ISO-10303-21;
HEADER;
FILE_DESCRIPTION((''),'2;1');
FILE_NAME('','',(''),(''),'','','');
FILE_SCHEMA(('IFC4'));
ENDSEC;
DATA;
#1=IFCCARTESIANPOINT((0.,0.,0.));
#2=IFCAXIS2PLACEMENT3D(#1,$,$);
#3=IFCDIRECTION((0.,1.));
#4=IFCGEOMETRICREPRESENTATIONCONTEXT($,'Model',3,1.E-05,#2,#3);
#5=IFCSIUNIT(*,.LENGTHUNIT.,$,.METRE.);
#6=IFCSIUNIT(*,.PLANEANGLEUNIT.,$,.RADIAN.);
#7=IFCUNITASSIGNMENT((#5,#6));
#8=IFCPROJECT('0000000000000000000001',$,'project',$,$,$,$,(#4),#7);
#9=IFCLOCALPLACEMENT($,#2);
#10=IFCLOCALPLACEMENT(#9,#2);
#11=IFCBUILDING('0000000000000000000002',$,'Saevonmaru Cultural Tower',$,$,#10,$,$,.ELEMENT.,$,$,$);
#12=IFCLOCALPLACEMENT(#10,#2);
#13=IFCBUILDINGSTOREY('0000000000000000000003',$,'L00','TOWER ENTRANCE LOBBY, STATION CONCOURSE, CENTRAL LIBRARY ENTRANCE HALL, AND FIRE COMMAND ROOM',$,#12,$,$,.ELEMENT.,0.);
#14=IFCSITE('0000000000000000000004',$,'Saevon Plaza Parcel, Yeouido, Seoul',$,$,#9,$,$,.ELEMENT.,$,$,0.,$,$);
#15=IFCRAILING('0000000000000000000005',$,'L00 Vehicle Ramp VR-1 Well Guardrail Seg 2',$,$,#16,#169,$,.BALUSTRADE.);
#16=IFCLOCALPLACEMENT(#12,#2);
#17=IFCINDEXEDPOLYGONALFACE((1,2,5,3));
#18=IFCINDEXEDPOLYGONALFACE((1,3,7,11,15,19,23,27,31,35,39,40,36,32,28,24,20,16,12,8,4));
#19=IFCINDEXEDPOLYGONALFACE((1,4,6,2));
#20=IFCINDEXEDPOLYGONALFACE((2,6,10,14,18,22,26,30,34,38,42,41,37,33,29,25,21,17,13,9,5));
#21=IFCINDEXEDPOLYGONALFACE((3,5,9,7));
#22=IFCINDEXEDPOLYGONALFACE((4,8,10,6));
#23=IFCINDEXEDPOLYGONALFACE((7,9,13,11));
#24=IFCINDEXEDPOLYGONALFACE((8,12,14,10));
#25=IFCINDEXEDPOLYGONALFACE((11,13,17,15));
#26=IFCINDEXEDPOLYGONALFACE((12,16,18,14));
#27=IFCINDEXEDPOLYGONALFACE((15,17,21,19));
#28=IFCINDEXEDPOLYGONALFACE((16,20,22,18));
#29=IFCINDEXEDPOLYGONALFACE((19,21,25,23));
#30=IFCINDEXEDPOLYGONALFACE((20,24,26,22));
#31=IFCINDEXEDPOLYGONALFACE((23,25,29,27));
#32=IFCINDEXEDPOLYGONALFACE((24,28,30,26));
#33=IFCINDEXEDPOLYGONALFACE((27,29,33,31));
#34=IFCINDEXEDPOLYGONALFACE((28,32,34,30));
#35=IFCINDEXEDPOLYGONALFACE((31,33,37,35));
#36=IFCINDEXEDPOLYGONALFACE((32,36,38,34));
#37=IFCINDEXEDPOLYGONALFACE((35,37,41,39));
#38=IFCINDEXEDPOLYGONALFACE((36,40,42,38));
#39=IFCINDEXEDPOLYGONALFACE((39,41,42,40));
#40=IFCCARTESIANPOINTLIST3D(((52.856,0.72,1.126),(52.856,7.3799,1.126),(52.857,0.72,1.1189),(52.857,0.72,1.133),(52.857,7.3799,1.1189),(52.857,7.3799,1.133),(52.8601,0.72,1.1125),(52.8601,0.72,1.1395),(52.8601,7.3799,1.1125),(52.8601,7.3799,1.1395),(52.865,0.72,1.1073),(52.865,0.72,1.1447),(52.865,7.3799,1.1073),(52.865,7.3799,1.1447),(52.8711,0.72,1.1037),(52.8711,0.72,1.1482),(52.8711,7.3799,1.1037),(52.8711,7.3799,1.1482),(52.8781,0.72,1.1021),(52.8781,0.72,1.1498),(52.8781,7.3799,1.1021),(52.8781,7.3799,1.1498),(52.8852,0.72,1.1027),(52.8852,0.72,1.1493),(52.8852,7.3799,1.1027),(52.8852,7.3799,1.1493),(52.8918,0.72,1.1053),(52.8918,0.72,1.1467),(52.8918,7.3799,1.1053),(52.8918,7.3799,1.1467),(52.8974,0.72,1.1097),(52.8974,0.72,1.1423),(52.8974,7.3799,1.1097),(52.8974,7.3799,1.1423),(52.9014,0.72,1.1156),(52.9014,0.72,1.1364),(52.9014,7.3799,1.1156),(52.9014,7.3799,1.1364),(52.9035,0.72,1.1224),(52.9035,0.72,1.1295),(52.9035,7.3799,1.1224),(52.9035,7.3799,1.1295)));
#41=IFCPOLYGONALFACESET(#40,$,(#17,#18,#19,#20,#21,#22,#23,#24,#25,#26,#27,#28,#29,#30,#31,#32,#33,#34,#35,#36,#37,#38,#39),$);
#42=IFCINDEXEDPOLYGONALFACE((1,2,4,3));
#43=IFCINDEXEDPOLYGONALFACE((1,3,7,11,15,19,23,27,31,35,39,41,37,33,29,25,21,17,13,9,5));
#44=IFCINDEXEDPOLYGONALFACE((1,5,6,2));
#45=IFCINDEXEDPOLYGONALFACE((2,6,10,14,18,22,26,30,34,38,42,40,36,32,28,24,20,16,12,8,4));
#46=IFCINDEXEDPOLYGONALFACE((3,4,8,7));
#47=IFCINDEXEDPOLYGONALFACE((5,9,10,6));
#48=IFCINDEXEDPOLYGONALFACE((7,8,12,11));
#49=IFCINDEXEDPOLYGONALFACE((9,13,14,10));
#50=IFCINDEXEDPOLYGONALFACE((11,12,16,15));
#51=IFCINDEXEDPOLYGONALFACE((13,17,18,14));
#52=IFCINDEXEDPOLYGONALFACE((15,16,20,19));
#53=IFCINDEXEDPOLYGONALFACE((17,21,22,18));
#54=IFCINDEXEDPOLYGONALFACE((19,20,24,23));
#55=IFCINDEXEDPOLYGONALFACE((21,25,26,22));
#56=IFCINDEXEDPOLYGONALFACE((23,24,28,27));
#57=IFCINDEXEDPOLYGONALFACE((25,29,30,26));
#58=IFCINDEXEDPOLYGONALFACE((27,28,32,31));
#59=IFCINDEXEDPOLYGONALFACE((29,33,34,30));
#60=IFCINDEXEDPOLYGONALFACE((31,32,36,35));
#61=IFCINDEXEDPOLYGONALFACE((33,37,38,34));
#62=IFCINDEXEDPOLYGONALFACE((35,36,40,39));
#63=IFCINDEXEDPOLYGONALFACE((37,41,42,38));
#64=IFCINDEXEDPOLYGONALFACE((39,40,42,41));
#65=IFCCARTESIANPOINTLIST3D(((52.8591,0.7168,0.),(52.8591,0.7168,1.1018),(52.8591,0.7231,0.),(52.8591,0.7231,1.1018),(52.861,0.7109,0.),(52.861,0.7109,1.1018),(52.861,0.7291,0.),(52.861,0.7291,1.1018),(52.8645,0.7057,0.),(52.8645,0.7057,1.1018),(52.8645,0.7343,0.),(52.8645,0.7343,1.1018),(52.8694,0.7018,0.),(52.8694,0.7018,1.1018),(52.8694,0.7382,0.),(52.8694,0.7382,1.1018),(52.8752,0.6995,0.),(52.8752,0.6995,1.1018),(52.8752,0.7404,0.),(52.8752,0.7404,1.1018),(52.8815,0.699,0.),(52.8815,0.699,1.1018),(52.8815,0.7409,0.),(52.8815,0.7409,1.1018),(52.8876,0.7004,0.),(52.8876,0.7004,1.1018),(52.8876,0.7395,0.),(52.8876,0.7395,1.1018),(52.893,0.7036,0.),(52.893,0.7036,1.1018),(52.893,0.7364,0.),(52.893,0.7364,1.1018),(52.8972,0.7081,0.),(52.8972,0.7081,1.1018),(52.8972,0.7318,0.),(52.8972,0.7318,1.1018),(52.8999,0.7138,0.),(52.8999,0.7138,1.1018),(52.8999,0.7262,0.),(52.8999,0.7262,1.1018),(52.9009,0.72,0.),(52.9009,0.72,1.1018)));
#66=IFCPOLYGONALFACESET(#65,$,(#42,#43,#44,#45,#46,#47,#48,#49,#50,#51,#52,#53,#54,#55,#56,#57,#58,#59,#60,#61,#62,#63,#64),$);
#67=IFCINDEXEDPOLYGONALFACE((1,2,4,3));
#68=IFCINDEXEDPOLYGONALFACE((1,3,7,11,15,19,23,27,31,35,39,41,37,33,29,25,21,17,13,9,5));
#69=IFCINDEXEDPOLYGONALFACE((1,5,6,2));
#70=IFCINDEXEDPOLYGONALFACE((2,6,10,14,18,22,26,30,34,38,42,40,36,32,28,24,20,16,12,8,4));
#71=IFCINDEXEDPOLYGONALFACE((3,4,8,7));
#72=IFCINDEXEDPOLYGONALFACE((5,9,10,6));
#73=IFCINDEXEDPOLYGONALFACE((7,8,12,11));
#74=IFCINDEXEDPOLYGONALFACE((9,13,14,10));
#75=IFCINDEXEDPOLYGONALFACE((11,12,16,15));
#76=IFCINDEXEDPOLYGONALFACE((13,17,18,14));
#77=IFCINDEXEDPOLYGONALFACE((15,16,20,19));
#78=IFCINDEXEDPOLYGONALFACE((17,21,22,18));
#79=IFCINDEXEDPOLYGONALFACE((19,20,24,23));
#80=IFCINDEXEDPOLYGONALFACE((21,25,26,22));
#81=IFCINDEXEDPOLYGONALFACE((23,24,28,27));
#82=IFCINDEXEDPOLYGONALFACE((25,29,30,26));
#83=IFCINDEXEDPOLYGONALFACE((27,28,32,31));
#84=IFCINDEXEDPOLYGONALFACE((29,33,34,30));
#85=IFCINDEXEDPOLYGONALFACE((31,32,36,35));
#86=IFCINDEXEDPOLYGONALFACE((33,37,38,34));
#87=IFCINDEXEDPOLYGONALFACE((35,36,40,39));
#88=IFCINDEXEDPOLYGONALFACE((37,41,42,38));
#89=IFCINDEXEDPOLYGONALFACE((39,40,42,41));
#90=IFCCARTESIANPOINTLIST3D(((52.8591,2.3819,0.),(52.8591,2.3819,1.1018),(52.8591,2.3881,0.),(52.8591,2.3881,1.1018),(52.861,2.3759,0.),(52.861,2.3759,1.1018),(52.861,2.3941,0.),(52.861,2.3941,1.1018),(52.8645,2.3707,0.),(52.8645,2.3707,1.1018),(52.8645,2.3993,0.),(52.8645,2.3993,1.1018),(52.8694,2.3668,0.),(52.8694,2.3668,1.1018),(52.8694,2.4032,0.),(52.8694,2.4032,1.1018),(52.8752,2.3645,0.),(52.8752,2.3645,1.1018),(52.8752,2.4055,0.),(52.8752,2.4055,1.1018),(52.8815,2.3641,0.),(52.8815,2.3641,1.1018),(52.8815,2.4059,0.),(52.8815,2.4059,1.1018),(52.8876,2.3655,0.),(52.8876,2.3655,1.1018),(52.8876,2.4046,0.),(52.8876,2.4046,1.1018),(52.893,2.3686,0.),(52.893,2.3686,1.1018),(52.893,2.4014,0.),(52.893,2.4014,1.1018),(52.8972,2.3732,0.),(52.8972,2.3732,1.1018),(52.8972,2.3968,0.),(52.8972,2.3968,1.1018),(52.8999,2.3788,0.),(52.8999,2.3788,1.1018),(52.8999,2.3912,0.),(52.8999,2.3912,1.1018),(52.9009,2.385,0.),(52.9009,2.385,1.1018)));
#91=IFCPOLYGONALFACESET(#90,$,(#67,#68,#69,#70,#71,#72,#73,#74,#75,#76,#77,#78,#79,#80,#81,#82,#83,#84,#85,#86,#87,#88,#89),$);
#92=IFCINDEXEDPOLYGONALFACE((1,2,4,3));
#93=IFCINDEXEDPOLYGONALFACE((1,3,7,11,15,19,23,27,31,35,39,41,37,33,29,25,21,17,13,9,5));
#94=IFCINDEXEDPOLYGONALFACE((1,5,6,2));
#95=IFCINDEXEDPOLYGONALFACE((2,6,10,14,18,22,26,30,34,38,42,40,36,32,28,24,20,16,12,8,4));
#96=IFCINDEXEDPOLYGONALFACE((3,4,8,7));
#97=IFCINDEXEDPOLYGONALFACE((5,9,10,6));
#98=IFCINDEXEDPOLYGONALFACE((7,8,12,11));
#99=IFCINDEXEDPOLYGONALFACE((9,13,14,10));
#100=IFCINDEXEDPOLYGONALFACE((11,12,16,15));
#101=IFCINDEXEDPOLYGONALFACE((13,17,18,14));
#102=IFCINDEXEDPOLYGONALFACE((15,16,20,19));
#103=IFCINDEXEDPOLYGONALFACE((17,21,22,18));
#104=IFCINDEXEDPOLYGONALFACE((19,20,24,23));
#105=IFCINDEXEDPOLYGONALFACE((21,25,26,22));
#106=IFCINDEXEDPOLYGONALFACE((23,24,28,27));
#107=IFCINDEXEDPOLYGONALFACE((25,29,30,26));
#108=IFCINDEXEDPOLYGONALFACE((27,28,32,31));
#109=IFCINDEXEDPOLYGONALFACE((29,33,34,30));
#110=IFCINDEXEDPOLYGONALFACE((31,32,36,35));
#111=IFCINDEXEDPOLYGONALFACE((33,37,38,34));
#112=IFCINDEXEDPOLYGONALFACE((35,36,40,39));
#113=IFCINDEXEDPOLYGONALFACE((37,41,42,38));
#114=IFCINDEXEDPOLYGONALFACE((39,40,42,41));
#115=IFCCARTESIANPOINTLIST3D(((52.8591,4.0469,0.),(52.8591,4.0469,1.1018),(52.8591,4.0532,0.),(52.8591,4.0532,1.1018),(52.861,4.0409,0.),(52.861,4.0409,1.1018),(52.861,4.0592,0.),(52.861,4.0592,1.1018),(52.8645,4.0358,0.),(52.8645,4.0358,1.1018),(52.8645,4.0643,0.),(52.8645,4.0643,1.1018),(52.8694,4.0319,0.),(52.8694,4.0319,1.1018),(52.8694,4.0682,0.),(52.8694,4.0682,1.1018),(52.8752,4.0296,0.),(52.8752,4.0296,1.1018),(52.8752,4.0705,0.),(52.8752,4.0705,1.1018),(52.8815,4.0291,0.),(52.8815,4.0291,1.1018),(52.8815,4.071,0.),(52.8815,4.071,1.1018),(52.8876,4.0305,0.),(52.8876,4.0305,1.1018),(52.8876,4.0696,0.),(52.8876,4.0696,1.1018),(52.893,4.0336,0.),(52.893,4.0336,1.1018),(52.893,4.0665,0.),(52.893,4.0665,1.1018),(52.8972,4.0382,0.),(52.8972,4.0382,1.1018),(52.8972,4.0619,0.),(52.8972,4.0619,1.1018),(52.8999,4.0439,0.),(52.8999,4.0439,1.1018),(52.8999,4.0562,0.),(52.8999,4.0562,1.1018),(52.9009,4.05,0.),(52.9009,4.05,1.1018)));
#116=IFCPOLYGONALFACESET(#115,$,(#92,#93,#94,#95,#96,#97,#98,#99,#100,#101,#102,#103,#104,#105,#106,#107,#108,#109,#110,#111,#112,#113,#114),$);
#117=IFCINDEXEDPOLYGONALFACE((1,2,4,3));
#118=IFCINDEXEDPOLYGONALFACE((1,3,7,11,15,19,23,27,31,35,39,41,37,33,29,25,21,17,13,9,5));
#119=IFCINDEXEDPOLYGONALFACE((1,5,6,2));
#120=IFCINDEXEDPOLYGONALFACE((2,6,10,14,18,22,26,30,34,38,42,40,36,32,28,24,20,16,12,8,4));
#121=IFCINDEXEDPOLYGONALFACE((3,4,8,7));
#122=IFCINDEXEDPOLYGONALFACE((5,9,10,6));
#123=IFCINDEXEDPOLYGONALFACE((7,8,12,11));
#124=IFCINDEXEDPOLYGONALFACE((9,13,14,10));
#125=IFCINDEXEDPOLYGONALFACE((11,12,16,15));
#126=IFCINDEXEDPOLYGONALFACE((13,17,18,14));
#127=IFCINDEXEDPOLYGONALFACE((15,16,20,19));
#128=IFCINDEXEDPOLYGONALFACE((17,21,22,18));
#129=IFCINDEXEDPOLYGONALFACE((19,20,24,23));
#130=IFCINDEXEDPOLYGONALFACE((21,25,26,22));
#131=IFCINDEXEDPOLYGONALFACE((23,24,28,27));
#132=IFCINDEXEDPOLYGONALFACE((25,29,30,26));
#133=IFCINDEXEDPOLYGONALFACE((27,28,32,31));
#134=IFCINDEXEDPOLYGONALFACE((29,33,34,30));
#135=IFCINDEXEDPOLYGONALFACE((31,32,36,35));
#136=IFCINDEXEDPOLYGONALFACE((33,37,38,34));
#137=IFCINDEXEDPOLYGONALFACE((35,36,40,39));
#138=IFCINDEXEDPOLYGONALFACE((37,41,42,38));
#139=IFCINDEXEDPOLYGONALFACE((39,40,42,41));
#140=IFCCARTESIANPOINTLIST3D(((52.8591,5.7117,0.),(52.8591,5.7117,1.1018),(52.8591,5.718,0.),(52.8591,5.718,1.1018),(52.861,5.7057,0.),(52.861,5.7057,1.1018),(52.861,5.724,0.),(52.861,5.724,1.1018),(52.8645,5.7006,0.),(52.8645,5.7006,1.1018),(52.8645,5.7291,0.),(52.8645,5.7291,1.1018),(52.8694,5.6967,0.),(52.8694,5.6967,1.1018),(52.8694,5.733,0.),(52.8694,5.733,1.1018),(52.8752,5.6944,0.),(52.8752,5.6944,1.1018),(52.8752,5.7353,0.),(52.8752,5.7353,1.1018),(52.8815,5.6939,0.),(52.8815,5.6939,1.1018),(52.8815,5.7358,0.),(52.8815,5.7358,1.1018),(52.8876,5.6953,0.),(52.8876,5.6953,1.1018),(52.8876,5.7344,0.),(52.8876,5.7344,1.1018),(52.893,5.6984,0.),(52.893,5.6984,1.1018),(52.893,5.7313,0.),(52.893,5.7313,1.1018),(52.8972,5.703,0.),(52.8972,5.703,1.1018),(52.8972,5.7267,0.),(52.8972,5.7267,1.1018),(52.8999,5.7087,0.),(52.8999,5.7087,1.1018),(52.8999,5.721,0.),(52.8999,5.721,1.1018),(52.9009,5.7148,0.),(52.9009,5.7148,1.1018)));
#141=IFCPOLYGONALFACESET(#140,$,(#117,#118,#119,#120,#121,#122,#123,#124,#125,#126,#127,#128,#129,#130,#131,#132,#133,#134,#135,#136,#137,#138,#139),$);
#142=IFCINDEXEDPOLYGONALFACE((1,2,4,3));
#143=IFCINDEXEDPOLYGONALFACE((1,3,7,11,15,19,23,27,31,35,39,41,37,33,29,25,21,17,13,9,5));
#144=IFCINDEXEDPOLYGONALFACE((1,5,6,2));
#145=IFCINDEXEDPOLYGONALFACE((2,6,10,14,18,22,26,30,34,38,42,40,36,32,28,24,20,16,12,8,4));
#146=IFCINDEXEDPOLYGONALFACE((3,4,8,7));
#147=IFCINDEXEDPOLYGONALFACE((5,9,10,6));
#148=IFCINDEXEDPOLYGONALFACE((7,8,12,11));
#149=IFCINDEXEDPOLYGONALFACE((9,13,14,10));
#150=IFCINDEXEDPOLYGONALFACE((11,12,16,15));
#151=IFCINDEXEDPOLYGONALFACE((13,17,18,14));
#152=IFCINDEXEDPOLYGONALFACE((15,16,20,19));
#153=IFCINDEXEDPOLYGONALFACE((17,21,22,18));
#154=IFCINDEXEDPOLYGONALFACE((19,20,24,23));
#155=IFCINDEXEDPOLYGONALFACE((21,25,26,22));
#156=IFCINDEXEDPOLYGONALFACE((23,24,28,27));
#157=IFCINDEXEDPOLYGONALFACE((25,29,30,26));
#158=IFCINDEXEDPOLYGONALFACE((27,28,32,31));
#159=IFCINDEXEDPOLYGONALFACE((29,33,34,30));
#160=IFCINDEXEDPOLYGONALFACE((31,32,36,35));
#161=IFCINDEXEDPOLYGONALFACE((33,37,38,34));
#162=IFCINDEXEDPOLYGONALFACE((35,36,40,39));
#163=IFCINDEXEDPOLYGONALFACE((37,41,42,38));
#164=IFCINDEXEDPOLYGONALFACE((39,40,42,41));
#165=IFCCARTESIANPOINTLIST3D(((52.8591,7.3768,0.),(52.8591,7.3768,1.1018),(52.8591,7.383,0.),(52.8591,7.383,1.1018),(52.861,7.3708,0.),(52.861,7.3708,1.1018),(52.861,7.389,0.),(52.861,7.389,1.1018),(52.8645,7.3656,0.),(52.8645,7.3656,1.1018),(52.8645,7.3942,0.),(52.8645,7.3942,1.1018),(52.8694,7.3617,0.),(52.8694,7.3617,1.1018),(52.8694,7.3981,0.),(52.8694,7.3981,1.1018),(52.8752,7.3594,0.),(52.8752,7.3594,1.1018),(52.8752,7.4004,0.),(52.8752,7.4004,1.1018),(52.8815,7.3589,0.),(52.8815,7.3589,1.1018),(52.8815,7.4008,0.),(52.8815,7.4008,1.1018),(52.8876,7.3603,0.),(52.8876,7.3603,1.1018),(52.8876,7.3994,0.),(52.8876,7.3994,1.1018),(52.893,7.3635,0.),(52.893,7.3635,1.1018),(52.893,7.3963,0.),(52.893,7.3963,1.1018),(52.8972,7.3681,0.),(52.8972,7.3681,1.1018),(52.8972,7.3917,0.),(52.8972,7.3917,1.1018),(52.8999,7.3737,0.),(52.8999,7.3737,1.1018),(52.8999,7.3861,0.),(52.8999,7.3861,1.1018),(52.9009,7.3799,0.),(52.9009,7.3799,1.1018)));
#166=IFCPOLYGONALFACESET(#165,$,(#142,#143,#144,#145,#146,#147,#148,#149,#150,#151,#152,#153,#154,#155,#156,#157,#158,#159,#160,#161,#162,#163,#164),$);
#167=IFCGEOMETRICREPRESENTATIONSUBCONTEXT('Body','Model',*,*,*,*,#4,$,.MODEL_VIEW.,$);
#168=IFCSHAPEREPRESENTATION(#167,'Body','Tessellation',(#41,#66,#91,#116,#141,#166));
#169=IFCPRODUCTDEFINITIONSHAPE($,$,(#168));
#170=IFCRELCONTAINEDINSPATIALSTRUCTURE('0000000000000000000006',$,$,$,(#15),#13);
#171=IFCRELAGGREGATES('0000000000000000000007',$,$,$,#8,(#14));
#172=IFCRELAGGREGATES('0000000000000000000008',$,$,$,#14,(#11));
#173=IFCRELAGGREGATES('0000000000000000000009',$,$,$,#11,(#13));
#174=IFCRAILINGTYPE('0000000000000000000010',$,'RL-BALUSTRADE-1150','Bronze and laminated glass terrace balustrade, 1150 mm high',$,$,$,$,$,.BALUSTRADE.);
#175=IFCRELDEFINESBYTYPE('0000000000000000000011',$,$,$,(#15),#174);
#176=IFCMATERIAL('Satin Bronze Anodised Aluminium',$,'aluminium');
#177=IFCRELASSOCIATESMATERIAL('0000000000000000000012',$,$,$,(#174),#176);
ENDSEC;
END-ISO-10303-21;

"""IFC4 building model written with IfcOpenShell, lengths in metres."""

from ifc_helpers import new_model, si_unit, direction, frame, origin, origin_2d, place, context, subcontext, project, spatial, circle, extrude, material, type_object, element, save


model = new_model("IFC4")

# Units and contexts
model_context = context("Model", 3, precision=1e-05, world=origin(), true_north=direction((0.0, 1.0)))
body_context = subcontext(model_context, "Body", "Model", "MODEL_VIEW")
ifc_project = project(units=[si_unit("LENGTHUNIT", "METRE"), si_unit("PLANEANGLEUNIT", "RADIAN")], contexts=[model_context])

# Site, building, storey
site_placement = place(None, origin())
site = spatial("IfcSite", under=ifc_project, at=site_placement, Name="Saevon Plaza Parcel, Yeouido, Seoul", CompositionType="ELEMENT", RefElevation=0.0)
building_placement = place(site_placement, origin())
building = spatial("IfcBuilding", under=site, at=building_placement, Name="Saevonmaru Cultural Tower", CompositionType="ELEMENT")
storey_placement = place(building_placement, origin())
storey = spatial("IfcBuildingStorey", under=building, at=storey_placement, Name="L00", Description="TOWER ENTRANCE LOBBY, STATION CONCOURSE, CENTRAL LIBRARY ENTRANCE HALL, AND FIRE COMMAND ROOM", CompositionType="ELEMENT", Elevation=0.0)

# Shared definitions
ifc_material_1 = material(Name="Satin Bronze Anodised Aluminium", Category="aluminium")

# Railing
railing_type = type_object("IfcRailingType", Name="RL-BALUSTRADE-1150", Description="Bronze and laminated glass terrace balustrade, 1150 mm high", PredefinedType="BALUSTRADE", material=ifc_material_1)
railing_1_placement = place(storey_placement, frame((52.8799, 0.72, 0.0)))
element("IfcRailing", 1, at=railing_1_placement, inside=storey, type_object=railing_type, Name="L00 Vehicle Ramp VR-1 Well Guardrail Seg 2", PredefinedType="BALUSTRADE", context=body_context, shape_type="SweptSolid", body=[
    extrude(circle(Radius=0.0239, at=origin_2d()), frame((0.0, 0.0, 1.126), z_axis=(0.0, 1.0, 0.0), x_axis=(-1.0, 0.0, 0.0)), (0.0, 0.0, 1.0), 6.6599),
    extrude(circle(Radius=0.021, at=origin_2d()), origin(), (0.0, 0.0, 1.0), 1.1018),
    extrude(circle(Radius=0.021, at=origin_2d()), frame((0.0, 1.665, 0.0)), (0.0, 0.0, 1.0), 1.1018),
    extrude(circle(Radius=0.021, at=origin_2d()), frame((0.0, 3.3301, 0.0)), (0.0, 0.0, 1.0), 1.1018),
    extrude(circle(Radius=0.021, at=origin_2d()), frame((0.0, 4.9949, 0.0)), (0.0, 0.0, 1.0), 1.1018),
    extrude(circle(Radius=0.021, at=origin_2d()), frame((0.0, 6.6599, 0.0)), (0.0, 0.0, 1.0), 1.1018),
])

save(model, "model.ifc")
